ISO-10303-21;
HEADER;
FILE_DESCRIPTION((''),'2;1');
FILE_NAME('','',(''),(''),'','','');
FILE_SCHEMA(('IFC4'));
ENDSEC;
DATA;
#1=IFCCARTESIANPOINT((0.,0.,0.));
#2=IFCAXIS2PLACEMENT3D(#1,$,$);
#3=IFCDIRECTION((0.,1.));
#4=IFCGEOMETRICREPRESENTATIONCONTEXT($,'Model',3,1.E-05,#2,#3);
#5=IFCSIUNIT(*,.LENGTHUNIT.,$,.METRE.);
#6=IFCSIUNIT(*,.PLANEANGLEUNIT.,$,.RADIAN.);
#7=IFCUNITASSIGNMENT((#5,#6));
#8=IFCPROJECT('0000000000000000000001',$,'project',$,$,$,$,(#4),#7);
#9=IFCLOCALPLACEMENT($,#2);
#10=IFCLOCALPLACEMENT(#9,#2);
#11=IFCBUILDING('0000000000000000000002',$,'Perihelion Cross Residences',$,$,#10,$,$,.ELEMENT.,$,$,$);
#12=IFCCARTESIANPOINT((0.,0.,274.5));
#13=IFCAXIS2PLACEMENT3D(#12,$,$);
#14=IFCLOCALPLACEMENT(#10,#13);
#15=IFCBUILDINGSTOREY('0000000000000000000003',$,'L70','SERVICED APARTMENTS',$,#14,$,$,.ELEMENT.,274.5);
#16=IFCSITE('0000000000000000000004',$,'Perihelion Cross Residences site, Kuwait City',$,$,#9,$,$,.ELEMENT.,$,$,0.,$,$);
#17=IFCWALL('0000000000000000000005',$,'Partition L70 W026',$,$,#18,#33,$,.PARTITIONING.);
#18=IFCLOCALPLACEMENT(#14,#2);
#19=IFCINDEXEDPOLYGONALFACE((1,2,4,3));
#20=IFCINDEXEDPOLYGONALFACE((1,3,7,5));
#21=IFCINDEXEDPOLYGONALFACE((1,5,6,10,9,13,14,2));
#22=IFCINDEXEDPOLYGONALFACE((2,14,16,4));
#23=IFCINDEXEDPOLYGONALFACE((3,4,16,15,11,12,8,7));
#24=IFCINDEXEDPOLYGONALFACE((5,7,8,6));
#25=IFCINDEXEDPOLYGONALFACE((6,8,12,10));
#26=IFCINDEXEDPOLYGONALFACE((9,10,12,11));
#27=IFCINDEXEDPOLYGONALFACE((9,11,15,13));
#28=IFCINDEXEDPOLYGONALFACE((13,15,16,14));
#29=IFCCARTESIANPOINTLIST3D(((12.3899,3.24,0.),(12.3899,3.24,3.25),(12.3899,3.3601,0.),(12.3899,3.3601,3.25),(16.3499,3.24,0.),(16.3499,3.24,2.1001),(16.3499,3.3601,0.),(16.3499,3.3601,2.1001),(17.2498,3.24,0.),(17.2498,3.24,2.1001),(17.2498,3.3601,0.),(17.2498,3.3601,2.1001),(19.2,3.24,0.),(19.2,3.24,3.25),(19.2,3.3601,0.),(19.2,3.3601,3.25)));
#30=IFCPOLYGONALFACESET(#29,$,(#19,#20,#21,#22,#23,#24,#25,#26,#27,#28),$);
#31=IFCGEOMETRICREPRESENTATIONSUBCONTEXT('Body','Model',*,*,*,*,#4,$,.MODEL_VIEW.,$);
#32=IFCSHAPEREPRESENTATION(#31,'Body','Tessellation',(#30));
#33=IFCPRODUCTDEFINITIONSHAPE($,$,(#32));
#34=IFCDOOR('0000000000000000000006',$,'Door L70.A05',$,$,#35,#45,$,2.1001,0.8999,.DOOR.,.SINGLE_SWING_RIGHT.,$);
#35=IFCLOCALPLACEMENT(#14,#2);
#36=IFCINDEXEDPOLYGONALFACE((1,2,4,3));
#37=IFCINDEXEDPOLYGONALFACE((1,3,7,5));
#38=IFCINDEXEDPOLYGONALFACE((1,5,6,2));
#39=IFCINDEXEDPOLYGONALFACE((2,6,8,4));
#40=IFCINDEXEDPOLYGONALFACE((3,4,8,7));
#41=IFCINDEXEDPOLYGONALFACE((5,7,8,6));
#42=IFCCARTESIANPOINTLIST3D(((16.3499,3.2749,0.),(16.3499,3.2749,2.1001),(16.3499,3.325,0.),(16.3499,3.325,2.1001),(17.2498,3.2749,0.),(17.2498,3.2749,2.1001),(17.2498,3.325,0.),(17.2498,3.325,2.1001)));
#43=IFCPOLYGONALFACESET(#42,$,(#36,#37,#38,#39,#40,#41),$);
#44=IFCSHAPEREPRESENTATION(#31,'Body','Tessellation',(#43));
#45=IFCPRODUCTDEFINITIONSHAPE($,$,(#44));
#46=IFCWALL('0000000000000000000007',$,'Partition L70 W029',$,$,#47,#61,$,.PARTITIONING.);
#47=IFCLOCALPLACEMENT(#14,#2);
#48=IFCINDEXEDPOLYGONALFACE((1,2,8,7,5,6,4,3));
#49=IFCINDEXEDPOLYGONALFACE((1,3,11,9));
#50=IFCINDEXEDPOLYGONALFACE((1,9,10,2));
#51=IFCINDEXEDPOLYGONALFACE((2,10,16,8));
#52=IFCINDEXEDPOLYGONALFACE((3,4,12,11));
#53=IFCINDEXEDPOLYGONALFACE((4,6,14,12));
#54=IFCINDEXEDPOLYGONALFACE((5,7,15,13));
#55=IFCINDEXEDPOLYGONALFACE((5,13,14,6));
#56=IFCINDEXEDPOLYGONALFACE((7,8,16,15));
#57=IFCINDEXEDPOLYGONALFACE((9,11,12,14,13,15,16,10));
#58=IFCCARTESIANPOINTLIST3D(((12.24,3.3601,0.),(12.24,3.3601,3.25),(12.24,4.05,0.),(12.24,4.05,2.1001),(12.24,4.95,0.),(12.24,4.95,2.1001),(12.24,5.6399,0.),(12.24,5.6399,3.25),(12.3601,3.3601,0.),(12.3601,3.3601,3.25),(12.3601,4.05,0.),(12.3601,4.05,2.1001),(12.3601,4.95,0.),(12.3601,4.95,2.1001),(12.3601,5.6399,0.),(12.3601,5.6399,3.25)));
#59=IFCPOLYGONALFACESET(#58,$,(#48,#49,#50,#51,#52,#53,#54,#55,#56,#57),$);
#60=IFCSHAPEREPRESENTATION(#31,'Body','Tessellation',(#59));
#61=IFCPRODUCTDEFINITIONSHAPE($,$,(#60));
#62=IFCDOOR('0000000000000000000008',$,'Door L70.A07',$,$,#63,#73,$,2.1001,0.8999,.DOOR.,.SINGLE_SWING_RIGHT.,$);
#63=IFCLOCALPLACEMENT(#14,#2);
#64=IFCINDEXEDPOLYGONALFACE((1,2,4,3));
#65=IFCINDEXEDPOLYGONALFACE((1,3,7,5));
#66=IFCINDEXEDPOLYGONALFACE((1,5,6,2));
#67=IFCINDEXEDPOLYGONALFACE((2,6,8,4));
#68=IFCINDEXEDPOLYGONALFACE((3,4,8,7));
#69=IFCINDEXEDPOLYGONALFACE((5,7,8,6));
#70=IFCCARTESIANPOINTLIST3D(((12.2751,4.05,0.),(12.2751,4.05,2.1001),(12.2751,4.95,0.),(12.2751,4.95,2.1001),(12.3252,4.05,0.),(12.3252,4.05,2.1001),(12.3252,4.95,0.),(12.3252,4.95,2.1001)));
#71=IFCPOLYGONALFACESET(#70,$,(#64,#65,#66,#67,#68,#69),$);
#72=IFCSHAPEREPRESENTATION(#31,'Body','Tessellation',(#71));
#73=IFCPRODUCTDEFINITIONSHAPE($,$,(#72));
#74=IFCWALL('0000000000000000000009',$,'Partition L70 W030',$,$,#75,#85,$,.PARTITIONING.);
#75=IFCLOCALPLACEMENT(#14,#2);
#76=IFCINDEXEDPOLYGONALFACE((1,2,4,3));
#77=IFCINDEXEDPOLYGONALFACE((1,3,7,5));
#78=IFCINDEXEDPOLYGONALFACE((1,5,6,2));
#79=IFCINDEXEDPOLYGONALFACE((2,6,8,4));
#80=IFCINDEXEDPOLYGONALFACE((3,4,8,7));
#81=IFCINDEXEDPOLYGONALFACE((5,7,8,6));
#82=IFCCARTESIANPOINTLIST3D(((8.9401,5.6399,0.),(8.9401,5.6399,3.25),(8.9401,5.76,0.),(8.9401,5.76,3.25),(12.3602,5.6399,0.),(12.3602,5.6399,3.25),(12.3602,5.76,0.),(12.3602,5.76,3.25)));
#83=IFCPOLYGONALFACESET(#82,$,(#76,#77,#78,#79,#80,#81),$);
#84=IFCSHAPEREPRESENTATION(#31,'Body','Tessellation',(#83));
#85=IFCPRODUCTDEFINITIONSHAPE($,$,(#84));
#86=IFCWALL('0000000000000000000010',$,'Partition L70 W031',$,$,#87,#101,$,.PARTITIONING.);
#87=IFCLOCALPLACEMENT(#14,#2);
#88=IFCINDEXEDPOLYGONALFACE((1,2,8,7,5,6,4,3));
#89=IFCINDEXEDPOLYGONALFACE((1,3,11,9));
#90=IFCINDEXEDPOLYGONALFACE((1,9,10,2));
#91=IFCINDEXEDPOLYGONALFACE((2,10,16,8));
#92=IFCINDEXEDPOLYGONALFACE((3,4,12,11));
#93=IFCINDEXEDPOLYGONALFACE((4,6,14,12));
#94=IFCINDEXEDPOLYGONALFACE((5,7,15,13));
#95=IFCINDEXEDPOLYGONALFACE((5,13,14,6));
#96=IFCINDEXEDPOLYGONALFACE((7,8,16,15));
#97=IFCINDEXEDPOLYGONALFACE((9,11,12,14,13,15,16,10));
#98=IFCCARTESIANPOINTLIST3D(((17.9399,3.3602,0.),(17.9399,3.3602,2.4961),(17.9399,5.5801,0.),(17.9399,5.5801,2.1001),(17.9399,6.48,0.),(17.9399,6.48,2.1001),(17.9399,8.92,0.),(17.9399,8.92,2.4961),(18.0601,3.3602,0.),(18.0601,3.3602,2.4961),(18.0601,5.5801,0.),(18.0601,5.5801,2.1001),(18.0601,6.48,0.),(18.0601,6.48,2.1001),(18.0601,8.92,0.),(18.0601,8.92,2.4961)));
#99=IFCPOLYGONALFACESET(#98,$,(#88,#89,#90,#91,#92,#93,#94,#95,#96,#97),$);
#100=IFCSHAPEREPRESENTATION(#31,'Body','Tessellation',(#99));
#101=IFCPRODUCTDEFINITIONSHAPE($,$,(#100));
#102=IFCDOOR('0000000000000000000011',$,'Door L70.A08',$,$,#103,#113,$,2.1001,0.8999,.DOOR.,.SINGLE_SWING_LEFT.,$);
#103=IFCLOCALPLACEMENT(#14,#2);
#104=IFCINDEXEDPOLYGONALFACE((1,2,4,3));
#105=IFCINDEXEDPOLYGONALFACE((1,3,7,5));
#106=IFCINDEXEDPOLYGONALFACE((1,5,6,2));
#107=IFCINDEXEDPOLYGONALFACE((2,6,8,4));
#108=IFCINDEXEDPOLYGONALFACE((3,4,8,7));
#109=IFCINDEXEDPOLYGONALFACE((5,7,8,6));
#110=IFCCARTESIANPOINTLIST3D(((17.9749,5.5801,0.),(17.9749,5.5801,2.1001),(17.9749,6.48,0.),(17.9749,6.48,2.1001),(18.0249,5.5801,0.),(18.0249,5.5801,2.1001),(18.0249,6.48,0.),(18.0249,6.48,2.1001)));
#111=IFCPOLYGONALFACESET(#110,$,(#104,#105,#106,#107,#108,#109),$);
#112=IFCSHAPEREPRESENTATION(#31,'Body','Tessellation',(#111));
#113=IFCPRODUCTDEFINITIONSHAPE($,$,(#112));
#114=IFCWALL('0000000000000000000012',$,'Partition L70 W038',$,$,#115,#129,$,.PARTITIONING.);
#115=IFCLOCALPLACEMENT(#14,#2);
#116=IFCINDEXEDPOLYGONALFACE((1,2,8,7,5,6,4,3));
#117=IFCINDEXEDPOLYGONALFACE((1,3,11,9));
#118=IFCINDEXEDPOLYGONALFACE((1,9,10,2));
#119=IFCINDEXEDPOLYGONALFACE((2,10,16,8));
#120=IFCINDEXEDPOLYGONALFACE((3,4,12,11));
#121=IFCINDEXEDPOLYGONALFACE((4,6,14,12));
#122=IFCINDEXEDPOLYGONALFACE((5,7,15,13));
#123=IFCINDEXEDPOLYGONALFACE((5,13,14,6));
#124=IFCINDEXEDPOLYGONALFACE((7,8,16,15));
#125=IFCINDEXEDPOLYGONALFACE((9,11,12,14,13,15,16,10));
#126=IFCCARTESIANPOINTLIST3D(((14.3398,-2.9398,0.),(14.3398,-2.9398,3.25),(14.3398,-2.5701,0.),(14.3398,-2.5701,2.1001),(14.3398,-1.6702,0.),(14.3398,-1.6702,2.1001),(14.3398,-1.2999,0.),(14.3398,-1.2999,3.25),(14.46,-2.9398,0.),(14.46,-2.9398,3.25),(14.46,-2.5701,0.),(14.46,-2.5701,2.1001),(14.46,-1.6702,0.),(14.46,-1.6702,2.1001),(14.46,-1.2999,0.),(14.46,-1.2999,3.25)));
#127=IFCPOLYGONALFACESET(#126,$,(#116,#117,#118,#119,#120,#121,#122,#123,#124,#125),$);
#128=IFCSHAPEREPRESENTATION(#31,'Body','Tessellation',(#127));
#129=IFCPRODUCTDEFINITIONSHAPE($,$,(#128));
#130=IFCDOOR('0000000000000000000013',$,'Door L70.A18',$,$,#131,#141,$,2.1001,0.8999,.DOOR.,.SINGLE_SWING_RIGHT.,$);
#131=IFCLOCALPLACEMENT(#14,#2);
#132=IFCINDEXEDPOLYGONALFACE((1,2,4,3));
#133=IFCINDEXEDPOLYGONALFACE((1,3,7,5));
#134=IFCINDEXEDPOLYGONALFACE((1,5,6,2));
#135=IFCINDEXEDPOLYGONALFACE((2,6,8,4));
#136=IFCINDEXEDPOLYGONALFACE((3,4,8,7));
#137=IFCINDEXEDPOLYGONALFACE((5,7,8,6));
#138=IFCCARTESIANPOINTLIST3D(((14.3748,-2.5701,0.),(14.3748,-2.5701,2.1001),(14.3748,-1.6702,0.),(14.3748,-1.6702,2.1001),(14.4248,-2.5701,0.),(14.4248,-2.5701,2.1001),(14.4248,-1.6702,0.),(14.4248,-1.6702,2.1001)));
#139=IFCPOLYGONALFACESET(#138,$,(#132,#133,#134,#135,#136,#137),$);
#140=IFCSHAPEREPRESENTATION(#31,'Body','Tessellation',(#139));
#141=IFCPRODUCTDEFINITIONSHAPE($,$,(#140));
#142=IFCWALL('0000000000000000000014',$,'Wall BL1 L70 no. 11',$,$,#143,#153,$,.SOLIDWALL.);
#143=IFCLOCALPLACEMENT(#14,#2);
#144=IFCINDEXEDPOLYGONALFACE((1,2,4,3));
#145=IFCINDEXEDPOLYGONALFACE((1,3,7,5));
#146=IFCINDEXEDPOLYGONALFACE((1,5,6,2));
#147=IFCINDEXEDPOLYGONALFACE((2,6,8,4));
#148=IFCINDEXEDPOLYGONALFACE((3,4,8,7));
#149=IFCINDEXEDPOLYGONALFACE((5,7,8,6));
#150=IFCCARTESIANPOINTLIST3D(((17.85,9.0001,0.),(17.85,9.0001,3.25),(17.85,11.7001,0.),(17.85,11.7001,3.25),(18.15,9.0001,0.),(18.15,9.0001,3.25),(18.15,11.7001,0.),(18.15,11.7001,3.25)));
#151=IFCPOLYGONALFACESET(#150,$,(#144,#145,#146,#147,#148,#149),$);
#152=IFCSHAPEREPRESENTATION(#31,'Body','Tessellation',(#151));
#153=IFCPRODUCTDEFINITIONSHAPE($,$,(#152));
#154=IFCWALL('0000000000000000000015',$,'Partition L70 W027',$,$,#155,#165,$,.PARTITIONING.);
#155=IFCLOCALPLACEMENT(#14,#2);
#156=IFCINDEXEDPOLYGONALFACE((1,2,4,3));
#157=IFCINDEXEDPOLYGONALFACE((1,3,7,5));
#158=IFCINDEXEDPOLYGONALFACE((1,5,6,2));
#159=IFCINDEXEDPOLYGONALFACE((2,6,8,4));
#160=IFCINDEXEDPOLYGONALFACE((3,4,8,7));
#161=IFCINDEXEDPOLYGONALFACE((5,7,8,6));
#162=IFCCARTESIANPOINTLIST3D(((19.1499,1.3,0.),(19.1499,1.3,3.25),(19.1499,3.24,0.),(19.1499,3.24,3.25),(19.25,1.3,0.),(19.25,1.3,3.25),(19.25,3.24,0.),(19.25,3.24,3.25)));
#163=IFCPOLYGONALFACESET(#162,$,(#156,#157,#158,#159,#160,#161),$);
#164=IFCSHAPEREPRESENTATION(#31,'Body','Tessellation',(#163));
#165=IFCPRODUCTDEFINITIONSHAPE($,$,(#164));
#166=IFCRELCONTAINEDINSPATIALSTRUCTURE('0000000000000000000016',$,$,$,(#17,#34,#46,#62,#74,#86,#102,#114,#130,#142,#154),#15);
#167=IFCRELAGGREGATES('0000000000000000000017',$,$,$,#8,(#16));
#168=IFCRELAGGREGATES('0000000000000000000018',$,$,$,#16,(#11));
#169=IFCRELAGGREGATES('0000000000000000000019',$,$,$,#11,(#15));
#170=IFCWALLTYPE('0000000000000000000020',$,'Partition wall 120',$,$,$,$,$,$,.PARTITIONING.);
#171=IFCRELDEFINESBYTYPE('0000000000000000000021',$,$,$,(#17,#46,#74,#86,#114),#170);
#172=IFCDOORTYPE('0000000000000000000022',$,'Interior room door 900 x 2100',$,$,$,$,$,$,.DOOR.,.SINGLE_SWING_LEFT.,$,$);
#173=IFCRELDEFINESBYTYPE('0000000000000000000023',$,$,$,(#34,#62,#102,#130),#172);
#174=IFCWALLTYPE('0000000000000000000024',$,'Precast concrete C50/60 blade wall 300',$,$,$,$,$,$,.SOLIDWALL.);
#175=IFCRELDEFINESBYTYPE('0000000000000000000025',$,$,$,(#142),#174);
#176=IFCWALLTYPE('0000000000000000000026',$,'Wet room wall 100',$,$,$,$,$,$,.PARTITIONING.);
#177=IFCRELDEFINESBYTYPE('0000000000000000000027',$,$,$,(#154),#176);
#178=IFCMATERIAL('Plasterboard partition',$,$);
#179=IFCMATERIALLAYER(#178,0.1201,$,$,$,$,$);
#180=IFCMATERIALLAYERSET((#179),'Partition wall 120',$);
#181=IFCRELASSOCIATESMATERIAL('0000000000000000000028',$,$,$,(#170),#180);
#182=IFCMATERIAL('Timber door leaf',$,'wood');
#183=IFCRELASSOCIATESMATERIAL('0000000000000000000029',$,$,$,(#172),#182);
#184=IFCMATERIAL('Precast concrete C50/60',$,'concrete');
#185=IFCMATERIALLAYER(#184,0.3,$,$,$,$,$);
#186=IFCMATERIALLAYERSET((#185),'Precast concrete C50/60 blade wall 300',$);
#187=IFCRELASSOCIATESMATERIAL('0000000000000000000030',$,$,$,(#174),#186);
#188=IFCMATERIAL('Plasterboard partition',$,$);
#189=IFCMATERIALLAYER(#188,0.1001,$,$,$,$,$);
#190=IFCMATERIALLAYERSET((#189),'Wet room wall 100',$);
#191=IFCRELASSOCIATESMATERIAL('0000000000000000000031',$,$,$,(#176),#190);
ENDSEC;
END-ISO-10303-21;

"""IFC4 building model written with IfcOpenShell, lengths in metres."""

from ifc_helpers import new_model, si_unit, direction, frame, frame_2d, origin, place, context, subcontext, project, spatial, rectangle, extrude, material, layer, layer_set, type_object, element, fill, save


model = new_model("IFC4")

# Units and contexts
model_context = context("Model", 3, precision=1e-05, world=origin(), true_north=direction((0.0, 1.0)))
body_context = subcontext(model_context, "Body", "Model", "MODEL_VIEW")
ifc_project = project(units=[si_unit("LENGTHUNIT", "METRE"), si_unit("PLANEANGLEUNIT", "RADIAN")], contexts=[model_context])

# Site, building, storey
site_placement = place(None, origin())
site = spatial("IfcSite", under=ifc_project, at=site_placement, Name="Perihelion Cross Residences site, Kuwait City", CompositionType="ELEMENT", RefElevation=0.0)
building_placement = place(site_placement, origin())
building = spatial("IfcBuilding", under=site, at=building_placement, Name="Perihelion Cross Residences", CompositionType="ELEMENT")
storey_placement = place(building_placement, frame((0.0, 0.0, 274.5)))
storey = spatial("IfcBuildingStorey", under=building, at=storey_placement, Name="L70", Description="SERVICED APARTMENTS", CompositionType="ELEMENT", Elevation=274.5)

# Shared definitions
ifc_material_1 = material(Name="Plasterboard partition")
ifc_layer_1 = layer(ifc_material_1, 0.1201)
ifc_layer_set_1 = layer_set([ifc_layer_1], Name="Partition wall 120")
wall_type_1 = type_object("IfcWallType", Name="Partition wall 120", PredefinedType="PARTITIONING", material=ifc_layer_set_1)
ifc_material_2 = material(Name="Timber door leaf", Category="wood")
door_type_1 = type_object("IfcDoorType", Name="Interior room door 900 x 2100", OperationType="SINGLE_SWING_LEFT", PredefinedType="DOOR", material=ifc_material_2)

# Walls, openings, doors
wall_1_placement = place(storey_placement, frame((12.3899, 3.3, 0.0), z_axis=(0.0, 0.0, 1.0), x_axis=(1.0, 0.0, 0.0)))
wall_1 = element("IfcWall", 1, at=wall_1_placement, inside=storey, type_object=wall_type_1, Name="Partition L70 W026", PredefinedType="PARTITIONING", context=body_context, shape_type="SweptSolid", body=[
    extrude(rectangle(XDim=6.8101, YDim=0.1201, at=frame_2d((3.405, 0.0))), origin(), (0.0, 0.0, 1.0), 3.25),
])
opening_1_placement = place(wall_1_placement, frame((3.96, 0.0, 0.0)))
opening_1 = element("IfcOpeningElement", 2, at=opening_1_placement, cuts=wall_1, PredefinedType="OPENING", context=body_context, shape_type="SweptSolid", body=[
    extrude(rectangle(XDim=0.8999, YDim=2.1001, at=frame_2d((0.45, 1.05))), frame((0.0, 0.0701, 0.0), z_axis=(0.0, -1.0, 0.0), x_axis=(1.0, 0.0, 0.0)), (0.0, 0.0, 1.0), 0.1401),
])
door_1_placement = place(opening_1_placement, origin())
door_1 = element("IfcDoor", 3, at=door_1_placement, inside=storey, type_object=door_type_1, Name="Door L70.A05", OperationType="SINGLE_SWING_RIGHT", OverallHeight=2.1001, OverallWidth=0.8999, PredefinedType="DOOR", context=body_context, shape_type="SweptSolid", body=[
    extrude(rectangle(XDim=0.8999, YDim=2.1001, at=frame_2d((0.45, 1.05))), frame((0.0, 0.0249, 0.0), z_axis=(0.0, -1.0, 0.0), x_axis=(1.0, 0.0, 0.0)), (0.0, 0.0, 1.0), 0.05),
])
fill(opening_1, door_1)
wall_2_placement = place(storey_placement, frame((12.3, 3.3601, 0.0), z_axis=(0.0, 0.0, 1.0), x_axis=(0.0, 1.0, 0.0)))
wall_2 = element("IfcWall", 4, at=wall_2_placement, inside=storey, type_object=wall_type_1, Name="Partition L70 W029", PredefinedType="PARTITIONING", context=body_context, shape_type="SweptSolid", body=[
    extrude(rectangle(XDim=2.2798, YDim=0.1201, at=frame_2d((1.1399, 0.0))), origin(), (0.0, 0.0, 1.0), 3.25),
])
opening_2_placement = place(wall_2_placement, frame((0.6899, 0.0, 0.0)))
opening_2 = element("IfcOpeningElement", 5, at=opening_2_placement, cuts=wall_2, PredefinedType="OPENING", context=body_context, shape_type="SweptSolid", body=[
    extrude(rectangle(XDim=0.8999, YDim=2.1001, at=frame_2d((0.45, 1.05))), frame((0.0, 0.0701, 0.0), z_axis=(0.0, -1.0, 0.0), x_axis=(1.0, 0.0, 0.0)), (0.0, 0.0, 1.0), 0.1401),
])
door_2_placement = place(opening_2_placement, origin())
door_2 = element("IfcDoor", 6, at=door_2_placement, inside=storey, type_object=door_type_1, Name="Door L70.A07", OperationType="SINGLE_SWING_RIGHT", OverallHeight=2.1001, OverallWidth=0.8999, PredefinedType="DOOR", context=body_context, shape_type="SweptSolid", body=[
    extrude(rectangle(XDim=0.8999, YDim=2.1001, at=frame_2d((0.45, 1.05))), frame((0.0, 0.0249, 0.0), z_axis=(0.0, -1.0, 0.0), x_axis=(1.0, 0.0, 0.0)), (0.0, 0.0, 1.0), 0.05),
])
fill(opening_2, door_2)

# Wall
wall_3_placement = place(storey_placement, frame((12.3601, 5.7, 0.0), z_axis=(0.0, 0.0, 1.0), x_axis=(-1.0, 0.0, 0.0)))
element("IfcWall", 7, at=wall_3_placement, inside=storey, type_object=wall_type_1, Name="Partition L70 W030", PredefinedType="PARTITIONING", context=body_context, shape_type="SweptSolid", body=[
    extrude(rectangle(XDim=3.4202, YDim=0.1201, at=frame_2d((1.71, 0.0))), origin(), (0.0, 0.0, 1.0), 3.25),
])

# Walls, openings, doors
wall_4_placement = place(storey_placement, frame((18.0, 8.9199, 0.0), z_axis=(0.0, 0.0, 1.0), x_axis=(0.0, -1.0, 0.0)))
wall_4 = element("IfcWall", 8, at=wall_4_placement, inside=storey, type_object=wall_type_1, Name="Partition L70 W031", PredefinedType="PARTITIONING", context=body_context, shape_type="SweptSolid", body=[
    extrude(rectangle(XDim=5.5598, YDim=0.1201, at=frame_2d((2.7798, 0.0))), origin(), (0.0, 0.0, 1.0), 2.4961),
])
opening_3_placement = place(wall_4_placement, frame((2.4399, 0.0, 0.0)))
opening_3 = element("IfcOpeningElement", 9, at=opening_3_placement, cuts=wall_4, PredefinedType="OPENING", context=body_context, shape_type="SweptSolid", body=[
    extrude(rectangle(XDim=0.8999, YDim=2.1001, at=frame_2d((0.45, 1.05))), frame((0.0, 0.0701, 0.0), z_axis=(0.0, -1.0, 0.0), x_axis=(1.0, 0.0, 0.0)), (0.0, 0.0, 1.0), 0.1401),
])
door_3_placement = place(opening_3_placement, origin())
door_3 = element("IfcDoor", 10, at=door_3_placement, inside=storey, type_object=door_type_1, Name="Door L70.A08", OperationType="SINGLE_SWING_LEFT", OverallHeight=2.1001, OverallWidth=0.8999, PredefinedType="DOOR", context=body_context, shape_type="SweptSolid", body=[
    extrude(rectangle(XDim=0.8999, YDim=2.1001, at=frame_2d((0.45, 1.05))), frame((0.0, 0.0249, 0.0), z_axis=(0.0, -1.0, 0.0), x_axis=(1.0, 0.0, 0.0)), (0.0, 0.0, 1.0), 0.05),
])
fill(opening_3, door_3)
wall_5_placement = place(storey_placement, frame((14.3999, -1.3, 0.0), z_axis=(0.0, 0.0, 1.0), x_axis=(0.0, -1.0, 0.0)))
wall_5 = element("IfcWall", 11, at=wall_5_placement, inside=storey, type_object=wall_type_1, Name="Partition L70 W038", PredefinedType="PARTITIONING", context=body_context, shape_type="SweptSolid", body=[
    extrude(rectangle(XDim=1.6399, YDim=0.1201, at=frame_2d((0.8198, 0.0))), origin(), (0.0, 0.0, 1.0), 3.25),
])
opening_4_placement = place(wall_5_placement, frame((0.3701, 0.0, 0.0)))
opening_4 = element("IfcOpeningElement", 12, at=opening_4_placement, cuts=wall_5, PredefinedType="OPENING", context=body_context, shape_type="SweptSolid", body=[
    extrude(rectangle(XDim=0.8999, YDim=2.1001, at=frame_2d((0.45, 1.05))), frame((0.0, 0.0701, 0.0), z_axis=(0.0, -1.0, 0.0), x_axis=(1.0, 0.0, 0.0)), (0.0, 0.0, 1.0), 0.1401),
])
door_4_placement = place(opening_4_placement, origin())
door_4 = element("IfcDoor", 13, at=door_4_placement, inside=storey, type_object=door_type_1, Name="Door L70.A18", OperationType="SINGLE_SWING_RIGHT", OverallHeight=2.1001, OverallWidth=0.8999, PredefinedType="DOOR", context=body_context, shape_type="SweptSolid", body=[
    extrude(rectangle(XDim=0.8999, YDim=2.1001, at=frame_2d((0.45, 1.05))), frame((0.0, 0.0249, 0.0), z_axis=(0.0, -1.0, 0.0), x_axis=(1.0, 0.0, 0.0)), (0.0, 0.0, 1.0), 0.05),
])
fill(opening_4, door_4)

# Walls
ifc_material_3 = material(Name="Precast concrete C50/60", Category="concrete")
ifc_layer_2 = layer(ifc_material_3, 0.3)
ifc_layer_set_2 = layer_set([ifc_layer_2], Name="Precast concrete C50/60 blade wall 300")
wall_type_2 = type_object("IfcWallType", Name="Precast concrete C50/60 blade wall 300", PredefinedType="SOLIDWALL", material=ifc_layer_set_2)
wall_6_placement = place(storey_placement, frame((18.0, 9.0, 0.0), z_axis=(0.0, 0.0, 1.0), x_axis=(0.0, 1.0, 0.0)))
element("IfcWall", 14, at=wall_6_placement, inside=storey, type_object=wall_type_2, Name="Wall BL1 L70 no. 11", PredefinedType="SOLIDWALL", context=body_context, shape_type="SweptSolid", body=[
    extrude(rectangle(XDim=2.7, YDim=0.3, at=frame_2d((1.3501, 0.0))), origin(), (0.0, 0.0, 1.0), 3.25),
])
ifc_material_4 = material(Name="Plasterboard partition")
ifc_layer_3 = layer(ifc_material_4, 0.1001)
ifc_layer_set_3 = layer_set([ifc_layer_3], Name="Wet room wall 100")
wall_type_3 = type_object("IfcWallType", Name="Wet room wall 100", PredefinedType="PARTITIONING", material=ifc_layer_set_3)
wall_7_placement = place(storey_placement, frame((19.2, 3.24, 0.0), z_axis=(0.0, 0.0, 1.0), x_axis=(0.0, -1.0, 0.0)))
element("IfcWall", 15, at=wall_7_placement, inside=storey, type_object=wall_type_3, Name="Partition L70 W027", PredefinedType="PARTITIONING", context=body_context, shape_type="SweptSolid", body=[
    extrude(rectangle(XDim=1.9399, YDim=0.1001, at=frame_2d((0.97, 0.0))), origin(), (0.0, 0.0, 1.0), 3.25),
])

save(model, "model.ifc")
